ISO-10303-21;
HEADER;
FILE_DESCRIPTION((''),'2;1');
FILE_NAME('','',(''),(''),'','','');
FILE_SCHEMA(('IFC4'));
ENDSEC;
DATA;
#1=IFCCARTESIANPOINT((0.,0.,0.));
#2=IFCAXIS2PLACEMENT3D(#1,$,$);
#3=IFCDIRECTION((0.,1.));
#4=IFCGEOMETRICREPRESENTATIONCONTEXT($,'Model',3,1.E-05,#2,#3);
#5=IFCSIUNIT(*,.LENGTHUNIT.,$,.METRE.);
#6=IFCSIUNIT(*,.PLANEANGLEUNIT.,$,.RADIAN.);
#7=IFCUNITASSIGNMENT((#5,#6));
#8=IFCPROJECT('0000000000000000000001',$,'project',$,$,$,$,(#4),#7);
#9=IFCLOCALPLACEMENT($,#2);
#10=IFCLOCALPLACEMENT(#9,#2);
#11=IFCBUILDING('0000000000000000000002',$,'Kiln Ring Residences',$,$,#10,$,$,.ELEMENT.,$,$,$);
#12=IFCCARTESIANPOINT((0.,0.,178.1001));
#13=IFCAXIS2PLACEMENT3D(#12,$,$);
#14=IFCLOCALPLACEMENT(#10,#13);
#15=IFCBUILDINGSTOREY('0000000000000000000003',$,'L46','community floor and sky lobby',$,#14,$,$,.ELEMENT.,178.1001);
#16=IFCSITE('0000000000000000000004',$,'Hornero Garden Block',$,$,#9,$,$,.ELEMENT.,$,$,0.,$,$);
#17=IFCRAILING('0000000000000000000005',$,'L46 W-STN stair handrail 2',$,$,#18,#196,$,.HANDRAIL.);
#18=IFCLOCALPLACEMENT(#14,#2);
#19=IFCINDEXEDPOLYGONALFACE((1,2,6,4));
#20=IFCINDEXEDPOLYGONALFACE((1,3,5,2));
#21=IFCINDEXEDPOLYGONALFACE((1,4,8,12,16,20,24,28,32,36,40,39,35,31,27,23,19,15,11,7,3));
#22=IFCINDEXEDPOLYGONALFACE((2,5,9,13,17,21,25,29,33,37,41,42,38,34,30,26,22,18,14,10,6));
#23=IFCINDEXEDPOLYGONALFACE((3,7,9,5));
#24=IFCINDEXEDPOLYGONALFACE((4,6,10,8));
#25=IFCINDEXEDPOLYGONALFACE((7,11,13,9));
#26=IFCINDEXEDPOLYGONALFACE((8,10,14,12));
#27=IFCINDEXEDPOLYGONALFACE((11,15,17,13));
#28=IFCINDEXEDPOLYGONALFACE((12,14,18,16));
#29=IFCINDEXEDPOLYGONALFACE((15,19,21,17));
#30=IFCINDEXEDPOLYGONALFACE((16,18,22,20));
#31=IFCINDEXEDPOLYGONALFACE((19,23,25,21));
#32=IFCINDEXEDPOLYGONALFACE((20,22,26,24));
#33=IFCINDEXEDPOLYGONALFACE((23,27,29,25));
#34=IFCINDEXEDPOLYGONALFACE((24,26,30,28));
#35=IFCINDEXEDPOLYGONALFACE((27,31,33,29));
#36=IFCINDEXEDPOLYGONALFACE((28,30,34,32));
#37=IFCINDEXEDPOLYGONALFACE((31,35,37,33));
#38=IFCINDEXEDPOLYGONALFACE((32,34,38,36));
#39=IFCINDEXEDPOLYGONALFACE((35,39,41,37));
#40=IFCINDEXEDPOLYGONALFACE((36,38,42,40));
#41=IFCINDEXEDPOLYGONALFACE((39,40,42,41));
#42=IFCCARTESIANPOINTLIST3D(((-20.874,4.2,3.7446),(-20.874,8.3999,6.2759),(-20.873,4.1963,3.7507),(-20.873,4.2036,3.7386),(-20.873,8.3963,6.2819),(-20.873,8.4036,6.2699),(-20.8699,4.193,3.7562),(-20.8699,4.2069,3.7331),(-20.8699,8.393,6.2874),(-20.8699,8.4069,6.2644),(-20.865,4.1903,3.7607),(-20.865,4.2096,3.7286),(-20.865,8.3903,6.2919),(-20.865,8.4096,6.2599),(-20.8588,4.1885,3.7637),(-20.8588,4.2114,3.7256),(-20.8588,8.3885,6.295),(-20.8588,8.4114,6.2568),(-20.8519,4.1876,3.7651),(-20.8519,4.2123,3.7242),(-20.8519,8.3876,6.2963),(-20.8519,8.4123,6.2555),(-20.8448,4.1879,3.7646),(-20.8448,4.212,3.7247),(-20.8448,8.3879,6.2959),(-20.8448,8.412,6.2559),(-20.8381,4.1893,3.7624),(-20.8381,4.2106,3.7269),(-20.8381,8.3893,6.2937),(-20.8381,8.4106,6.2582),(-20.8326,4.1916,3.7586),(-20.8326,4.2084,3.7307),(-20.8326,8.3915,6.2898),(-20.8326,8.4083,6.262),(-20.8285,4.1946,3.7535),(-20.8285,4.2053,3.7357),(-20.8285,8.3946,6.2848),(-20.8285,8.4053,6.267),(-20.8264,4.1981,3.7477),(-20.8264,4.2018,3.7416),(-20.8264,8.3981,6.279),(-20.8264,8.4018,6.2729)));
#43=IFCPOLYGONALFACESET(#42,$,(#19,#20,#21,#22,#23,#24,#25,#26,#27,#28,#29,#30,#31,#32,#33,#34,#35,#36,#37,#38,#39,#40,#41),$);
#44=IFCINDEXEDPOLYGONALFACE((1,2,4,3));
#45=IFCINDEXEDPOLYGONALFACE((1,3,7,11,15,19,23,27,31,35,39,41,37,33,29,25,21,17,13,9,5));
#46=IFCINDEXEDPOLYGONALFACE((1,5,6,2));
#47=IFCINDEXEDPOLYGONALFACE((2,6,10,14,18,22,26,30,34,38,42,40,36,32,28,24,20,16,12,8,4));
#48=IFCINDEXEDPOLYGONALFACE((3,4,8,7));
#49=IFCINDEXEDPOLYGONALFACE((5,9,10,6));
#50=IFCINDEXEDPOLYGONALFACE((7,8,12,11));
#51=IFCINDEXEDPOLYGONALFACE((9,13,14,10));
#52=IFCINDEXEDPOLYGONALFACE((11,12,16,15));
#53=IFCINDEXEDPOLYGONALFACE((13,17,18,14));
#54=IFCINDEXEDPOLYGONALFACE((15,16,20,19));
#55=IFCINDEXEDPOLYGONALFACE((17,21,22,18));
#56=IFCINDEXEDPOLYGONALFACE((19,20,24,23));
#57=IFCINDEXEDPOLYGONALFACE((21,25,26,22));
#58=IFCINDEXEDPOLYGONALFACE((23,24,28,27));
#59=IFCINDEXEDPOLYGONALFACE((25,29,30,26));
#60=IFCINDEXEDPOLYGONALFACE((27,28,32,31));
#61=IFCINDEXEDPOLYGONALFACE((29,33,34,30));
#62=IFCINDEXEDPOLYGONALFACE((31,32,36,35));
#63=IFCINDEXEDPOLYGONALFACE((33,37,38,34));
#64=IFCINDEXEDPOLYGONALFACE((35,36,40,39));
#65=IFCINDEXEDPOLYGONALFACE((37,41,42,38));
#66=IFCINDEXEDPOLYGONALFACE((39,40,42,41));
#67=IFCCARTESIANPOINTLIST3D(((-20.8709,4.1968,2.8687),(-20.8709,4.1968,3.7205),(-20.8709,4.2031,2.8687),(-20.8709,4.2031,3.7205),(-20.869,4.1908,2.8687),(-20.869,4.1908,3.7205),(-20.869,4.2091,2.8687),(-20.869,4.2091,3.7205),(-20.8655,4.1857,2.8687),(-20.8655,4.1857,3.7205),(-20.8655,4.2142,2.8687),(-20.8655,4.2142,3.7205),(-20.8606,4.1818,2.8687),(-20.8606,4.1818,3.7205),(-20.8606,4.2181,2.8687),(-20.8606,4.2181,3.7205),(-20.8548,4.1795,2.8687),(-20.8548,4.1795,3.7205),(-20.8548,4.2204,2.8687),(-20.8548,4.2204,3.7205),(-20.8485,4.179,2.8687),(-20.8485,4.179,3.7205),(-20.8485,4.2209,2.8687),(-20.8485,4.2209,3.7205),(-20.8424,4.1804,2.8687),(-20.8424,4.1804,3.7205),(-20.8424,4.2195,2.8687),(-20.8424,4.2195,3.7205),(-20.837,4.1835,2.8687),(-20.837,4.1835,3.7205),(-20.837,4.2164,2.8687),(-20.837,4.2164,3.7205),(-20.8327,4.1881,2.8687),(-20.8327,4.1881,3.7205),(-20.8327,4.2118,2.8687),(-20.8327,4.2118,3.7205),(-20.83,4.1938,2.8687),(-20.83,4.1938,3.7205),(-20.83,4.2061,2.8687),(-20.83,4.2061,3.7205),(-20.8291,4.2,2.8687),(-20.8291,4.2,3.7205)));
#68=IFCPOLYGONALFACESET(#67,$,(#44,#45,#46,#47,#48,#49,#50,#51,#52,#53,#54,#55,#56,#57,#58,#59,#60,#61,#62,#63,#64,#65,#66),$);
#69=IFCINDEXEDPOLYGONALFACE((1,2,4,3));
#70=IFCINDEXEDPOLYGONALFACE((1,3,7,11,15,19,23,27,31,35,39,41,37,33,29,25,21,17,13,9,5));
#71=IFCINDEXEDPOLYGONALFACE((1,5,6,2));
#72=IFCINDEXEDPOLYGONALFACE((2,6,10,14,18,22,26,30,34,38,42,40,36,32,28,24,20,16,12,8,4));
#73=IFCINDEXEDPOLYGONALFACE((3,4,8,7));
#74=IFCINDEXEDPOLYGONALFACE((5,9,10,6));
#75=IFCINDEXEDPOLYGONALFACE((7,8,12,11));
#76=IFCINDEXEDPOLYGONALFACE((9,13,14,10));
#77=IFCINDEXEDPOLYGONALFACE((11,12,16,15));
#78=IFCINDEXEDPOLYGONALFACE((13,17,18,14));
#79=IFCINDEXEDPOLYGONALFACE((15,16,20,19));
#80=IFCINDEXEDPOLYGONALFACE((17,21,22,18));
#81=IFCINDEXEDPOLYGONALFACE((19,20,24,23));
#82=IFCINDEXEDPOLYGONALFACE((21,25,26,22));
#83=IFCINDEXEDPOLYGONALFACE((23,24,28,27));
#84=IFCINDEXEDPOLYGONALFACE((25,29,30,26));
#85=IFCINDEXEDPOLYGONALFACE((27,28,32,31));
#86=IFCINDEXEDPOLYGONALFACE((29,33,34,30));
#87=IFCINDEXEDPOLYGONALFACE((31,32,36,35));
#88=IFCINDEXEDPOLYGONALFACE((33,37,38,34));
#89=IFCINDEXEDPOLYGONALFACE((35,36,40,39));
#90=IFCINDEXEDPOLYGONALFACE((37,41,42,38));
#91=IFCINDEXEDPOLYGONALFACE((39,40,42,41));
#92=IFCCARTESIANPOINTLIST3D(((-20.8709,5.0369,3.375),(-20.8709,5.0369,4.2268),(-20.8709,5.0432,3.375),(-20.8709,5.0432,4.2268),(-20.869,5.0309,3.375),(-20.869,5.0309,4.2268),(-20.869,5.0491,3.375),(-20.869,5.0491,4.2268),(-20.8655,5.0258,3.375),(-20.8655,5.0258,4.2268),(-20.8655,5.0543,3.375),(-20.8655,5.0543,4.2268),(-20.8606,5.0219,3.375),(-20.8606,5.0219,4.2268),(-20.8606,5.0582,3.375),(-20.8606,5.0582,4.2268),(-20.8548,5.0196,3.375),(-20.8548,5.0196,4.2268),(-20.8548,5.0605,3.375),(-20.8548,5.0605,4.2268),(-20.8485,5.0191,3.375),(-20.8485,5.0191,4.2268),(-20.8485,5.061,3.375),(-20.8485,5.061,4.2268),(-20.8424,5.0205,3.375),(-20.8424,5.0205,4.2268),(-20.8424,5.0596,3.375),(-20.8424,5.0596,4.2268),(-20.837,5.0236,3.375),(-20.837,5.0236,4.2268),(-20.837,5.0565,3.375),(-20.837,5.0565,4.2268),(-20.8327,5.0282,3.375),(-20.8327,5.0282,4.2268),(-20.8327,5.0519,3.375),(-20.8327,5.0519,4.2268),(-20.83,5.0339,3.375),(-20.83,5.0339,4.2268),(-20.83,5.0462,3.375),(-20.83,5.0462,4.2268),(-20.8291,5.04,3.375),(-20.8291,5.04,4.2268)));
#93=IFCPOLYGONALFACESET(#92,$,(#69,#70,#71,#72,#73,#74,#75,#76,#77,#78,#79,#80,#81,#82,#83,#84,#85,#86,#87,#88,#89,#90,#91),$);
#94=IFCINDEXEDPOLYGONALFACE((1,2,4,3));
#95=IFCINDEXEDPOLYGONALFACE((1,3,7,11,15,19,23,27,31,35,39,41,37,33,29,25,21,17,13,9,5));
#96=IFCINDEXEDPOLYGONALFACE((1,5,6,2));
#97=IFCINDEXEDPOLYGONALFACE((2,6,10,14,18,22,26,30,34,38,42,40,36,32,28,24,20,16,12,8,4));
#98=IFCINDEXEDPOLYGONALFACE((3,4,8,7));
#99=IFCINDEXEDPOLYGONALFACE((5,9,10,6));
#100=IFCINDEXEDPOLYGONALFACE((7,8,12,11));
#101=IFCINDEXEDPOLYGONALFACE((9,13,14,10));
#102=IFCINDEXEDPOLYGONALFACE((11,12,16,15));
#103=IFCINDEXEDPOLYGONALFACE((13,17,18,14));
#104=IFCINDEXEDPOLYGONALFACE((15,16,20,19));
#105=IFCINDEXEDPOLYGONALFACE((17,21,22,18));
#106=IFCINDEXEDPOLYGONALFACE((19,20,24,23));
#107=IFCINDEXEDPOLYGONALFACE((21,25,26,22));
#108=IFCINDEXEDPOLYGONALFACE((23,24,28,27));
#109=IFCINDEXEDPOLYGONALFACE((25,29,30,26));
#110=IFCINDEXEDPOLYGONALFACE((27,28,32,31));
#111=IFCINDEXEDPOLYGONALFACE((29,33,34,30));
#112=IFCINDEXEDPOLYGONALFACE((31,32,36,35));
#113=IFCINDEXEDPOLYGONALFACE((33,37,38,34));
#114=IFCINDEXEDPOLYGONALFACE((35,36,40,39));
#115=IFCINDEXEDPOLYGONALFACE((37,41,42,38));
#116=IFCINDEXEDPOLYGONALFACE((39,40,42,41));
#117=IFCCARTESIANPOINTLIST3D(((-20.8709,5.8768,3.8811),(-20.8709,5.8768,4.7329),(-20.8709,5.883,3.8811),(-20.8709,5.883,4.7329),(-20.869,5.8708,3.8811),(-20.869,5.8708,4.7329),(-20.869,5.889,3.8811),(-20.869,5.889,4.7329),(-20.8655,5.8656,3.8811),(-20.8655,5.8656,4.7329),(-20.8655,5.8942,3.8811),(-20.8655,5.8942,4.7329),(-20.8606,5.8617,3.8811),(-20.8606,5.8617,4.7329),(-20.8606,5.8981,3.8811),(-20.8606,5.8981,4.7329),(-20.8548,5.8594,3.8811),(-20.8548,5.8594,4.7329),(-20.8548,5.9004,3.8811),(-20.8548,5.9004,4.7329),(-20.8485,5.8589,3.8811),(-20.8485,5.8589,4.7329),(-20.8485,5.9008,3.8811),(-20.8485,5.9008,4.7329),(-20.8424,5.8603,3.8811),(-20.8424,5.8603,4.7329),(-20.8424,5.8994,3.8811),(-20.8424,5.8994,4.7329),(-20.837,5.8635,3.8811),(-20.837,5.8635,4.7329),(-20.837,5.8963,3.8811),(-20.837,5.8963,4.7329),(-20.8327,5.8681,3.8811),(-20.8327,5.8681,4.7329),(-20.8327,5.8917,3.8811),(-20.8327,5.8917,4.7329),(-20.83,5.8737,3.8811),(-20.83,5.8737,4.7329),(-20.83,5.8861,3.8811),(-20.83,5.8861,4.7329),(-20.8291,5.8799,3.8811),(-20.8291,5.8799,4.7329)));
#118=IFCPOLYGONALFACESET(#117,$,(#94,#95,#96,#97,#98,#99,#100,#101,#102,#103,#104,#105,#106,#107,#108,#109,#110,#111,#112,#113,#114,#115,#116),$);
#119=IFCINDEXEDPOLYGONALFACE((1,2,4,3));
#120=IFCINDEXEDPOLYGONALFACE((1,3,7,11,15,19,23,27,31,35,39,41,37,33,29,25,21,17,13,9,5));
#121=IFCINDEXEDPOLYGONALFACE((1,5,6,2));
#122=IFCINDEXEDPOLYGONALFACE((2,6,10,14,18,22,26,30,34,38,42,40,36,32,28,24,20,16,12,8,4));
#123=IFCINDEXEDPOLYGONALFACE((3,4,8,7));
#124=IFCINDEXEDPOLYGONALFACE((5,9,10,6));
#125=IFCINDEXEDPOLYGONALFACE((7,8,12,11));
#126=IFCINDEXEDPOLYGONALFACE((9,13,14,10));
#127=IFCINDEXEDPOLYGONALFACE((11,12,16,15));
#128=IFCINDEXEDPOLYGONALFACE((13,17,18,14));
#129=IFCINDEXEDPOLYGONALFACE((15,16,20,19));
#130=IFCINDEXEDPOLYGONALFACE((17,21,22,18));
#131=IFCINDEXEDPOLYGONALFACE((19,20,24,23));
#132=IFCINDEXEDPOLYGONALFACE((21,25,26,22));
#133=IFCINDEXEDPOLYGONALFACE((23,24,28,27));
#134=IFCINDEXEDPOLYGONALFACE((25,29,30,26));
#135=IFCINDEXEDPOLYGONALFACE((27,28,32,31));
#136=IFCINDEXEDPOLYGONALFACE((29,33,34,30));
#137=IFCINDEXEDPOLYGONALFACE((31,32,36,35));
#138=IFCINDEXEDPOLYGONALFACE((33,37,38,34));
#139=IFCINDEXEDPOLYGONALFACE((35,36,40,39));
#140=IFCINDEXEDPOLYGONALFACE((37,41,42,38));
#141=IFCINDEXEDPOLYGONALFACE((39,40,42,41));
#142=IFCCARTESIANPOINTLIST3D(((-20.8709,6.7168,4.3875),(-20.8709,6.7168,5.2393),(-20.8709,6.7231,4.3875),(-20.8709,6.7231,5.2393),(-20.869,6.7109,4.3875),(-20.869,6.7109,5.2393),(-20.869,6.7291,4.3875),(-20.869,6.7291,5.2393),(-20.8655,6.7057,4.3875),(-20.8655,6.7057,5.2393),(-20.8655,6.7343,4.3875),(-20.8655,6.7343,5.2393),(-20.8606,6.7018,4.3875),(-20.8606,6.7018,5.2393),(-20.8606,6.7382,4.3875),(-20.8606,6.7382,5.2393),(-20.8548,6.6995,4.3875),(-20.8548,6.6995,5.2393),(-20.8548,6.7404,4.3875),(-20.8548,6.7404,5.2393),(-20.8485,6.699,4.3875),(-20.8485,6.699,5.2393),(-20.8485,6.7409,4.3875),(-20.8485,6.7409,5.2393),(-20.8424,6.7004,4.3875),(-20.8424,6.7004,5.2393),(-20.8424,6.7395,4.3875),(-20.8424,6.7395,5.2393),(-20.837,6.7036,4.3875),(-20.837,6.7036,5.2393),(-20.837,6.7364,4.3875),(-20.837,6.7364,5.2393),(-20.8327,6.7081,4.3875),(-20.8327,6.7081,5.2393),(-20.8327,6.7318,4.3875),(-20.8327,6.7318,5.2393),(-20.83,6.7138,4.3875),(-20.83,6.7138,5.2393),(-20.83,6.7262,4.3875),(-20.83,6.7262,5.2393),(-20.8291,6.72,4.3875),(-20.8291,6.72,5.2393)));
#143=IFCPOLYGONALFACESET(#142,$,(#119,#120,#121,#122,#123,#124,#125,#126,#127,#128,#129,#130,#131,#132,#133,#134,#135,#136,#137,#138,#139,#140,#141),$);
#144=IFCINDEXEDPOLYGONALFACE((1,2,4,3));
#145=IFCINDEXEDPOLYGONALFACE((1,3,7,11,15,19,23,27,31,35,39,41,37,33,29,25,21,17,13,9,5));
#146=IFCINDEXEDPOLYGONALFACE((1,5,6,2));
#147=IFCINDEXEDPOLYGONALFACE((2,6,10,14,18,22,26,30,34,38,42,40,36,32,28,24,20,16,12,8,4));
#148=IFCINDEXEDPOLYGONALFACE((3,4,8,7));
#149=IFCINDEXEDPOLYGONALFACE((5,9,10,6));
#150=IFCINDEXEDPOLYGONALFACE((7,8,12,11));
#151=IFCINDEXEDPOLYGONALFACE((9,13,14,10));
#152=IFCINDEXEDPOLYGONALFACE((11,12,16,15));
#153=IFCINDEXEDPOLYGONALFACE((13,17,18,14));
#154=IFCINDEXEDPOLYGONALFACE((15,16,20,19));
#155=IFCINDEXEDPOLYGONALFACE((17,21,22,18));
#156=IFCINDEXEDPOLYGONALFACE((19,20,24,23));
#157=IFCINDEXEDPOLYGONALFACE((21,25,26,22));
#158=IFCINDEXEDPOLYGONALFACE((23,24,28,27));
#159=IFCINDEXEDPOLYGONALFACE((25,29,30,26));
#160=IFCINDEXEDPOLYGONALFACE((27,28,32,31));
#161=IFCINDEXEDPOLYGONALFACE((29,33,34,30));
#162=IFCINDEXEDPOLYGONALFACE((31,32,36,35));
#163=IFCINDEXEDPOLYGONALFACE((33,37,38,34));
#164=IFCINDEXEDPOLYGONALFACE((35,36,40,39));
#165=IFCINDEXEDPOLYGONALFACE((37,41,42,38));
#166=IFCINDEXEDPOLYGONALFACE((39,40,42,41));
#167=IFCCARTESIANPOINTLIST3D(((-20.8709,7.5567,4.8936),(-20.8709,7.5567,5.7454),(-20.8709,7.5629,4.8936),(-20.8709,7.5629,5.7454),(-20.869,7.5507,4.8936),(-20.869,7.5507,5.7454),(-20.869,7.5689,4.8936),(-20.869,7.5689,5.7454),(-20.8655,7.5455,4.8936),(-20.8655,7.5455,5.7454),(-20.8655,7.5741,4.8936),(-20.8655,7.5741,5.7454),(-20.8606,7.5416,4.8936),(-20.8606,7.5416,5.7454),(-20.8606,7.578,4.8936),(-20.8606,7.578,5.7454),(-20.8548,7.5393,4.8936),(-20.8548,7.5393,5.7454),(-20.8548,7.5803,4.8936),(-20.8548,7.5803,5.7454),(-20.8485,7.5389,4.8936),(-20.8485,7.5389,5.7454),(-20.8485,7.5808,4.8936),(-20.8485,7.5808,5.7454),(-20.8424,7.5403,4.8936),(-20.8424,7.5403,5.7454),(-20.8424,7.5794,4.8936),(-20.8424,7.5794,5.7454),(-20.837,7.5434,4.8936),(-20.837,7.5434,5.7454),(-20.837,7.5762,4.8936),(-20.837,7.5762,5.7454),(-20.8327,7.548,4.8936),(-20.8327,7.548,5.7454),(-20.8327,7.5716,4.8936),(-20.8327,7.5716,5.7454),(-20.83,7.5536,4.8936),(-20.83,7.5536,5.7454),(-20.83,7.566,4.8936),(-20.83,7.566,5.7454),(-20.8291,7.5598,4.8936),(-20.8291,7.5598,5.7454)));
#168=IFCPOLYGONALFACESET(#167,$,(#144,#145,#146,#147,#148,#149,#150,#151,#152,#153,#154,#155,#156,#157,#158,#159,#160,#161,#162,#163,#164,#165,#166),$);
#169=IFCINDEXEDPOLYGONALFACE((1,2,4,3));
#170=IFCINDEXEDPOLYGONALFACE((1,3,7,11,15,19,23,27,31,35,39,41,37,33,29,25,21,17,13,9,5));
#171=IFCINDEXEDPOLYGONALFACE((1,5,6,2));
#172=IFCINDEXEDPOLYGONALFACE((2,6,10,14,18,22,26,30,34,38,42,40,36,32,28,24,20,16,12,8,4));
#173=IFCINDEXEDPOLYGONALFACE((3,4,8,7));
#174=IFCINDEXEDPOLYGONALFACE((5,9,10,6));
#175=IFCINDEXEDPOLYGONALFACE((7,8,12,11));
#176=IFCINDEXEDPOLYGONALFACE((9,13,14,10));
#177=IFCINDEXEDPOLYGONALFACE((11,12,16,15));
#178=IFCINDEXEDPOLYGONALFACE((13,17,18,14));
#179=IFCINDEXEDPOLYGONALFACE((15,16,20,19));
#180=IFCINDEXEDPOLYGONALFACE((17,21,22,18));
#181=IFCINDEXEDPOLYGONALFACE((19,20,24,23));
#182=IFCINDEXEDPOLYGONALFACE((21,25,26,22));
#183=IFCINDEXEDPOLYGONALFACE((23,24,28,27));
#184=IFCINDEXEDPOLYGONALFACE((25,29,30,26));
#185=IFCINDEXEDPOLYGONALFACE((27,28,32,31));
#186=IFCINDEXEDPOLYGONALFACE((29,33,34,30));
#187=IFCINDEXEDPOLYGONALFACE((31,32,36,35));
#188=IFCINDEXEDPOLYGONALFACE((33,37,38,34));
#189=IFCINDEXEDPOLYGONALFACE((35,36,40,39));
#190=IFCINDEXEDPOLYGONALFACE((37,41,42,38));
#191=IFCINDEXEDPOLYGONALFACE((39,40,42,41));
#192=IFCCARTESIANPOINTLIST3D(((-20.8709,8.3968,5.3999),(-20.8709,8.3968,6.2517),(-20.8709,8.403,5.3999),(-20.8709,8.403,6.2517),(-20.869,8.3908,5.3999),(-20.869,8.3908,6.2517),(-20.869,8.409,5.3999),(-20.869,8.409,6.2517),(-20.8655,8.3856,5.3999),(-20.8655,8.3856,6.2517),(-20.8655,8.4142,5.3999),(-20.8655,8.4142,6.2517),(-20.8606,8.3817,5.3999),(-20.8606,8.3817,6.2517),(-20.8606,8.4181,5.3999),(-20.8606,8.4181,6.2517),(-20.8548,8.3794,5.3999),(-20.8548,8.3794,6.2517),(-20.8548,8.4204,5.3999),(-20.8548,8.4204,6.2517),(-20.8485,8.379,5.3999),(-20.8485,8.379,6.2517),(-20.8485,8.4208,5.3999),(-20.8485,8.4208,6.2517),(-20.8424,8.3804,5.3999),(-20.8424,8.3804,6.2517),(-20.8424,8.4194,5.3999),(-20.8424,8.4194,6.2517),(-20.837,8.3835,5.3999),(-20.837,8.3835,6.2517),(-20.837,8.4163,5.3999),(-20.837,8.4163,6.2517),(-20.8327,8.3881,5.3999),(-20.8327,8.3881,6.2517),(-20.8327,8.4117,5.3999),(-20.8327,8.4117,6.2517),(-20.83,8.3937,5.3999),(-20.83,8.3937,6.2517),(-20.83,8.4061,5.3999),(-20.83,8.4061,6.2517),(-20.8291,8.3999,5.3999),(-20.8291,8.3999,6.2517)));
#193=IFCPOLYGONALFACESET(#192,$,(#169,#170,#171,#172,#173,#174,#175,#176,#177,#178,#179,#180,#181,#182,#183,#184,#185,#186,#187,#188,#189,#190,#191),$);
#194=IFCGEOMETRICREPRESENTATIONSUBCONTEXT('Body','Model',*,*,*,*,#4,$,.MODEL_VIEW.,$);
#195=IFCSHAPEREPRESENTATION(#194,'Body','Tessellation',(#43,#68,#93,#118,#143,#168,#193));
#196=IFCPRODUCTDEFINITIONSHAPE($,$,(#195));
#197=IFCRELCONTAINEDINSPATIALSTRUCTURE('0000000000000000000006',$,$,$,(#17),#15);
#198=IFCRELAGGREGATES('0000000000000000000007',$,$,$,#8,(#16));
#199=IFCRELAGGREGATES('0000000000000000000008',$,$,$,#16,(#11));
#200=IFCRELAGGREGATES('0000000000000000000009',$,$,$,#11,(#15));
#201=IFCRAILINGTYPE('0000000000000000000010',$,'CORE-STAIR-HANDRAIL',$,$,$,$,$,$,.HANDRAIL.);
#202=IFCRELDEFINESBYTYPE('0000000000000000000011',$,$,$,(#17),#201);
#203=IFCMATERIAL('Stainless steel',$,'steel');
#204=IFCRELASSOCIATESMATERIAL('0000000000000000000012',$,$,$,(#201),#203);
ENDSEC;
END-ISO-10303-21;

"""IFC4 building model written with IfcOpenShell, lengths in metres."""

from ifc_helpers import new_model, si_unit, direction, frame, origin, origin_2d, place, context, subcontext, project, spatial, circle, extrude, material, type_object, element, save


model = new_model("IFC4")

# Units and contexts
model_context = context("Model", 3, precision=1e-05, world=origin(), true_north=direction((0.0, 1.0)))
body_context = subcontext(model_context, "Body", "Model", "MODEL_VIEW")
ifc_project = project(units=[si_unit("LENGTHUNIT", "METRE"), si_unit("PLANEANGLEUNIT", "RADIAN")], contexts=[model_context])

# Site, building, storey
site_placement = place(None, origin())
site = spatial("IfcSite", under=ifc_project, at=site_placement, Name="Hornero Garden Block", CompositionType="ELEMENT", RefElevation=0.0)
building_placement = place(site_placement, origin())
building = spatial("IfcBuilding", under=site, at=building_placement, Name="Kiln Ring Residences", CompositionType="ELEMENT")
storey_placement = place(building_placement, frame((0.0, 0.0, 178.1001)))
storey = spatial("IfcBuildingStorey", under=building, at=storey_placement, Name="L46", Description="community floor and sky lobby", CompositionType="ELEMENT", Elevation=178.1001)

# Railing
ifc_material_1 = material(Name="Stainless steel", Category="steel")
railing_type_1 = type_object("IfcRailingType", Name="CORE-STAIR-HANDRAIL", PredefinedType="HANDRAIL", material=ifc_material_1)
railing_1_placement = place(storey_placement, frame((-20.8501, 4.2, 2.8687)))
element("IfcRailing", 1, at=railing_1_placement, inside=storey, type_object=railing_type_1, Name="L46 W-STN stair handrail 2", PredefinedType="HANDRAIL", context=body_context, shape_type="SweptSolid", body=[
    extrude(circle(Radius=0.0239, at=origin_2d()), frame((0.0, 0.0, 0.876), z_axis=(0.0, 0.856476, 0.516186), x_axis=(-1.0, 0.0, 0.0)), (0.0, 0.0, 1.0), 4.9038),
    extrude(circle(Radius=0.021, at=origin_2d()), origin(), (0.0, 0.0, 1.0), 0.8518),
    extrude(circle(Radius=0.021, at=origin_2d()), frame((0.0, 0.8401, 0.5063)), (0.0, 0.0, 1.0), 0.8518),
    extrude(circle(Radius=0.021, at=origin_2d()), frame((0.0, 1.6799, 1.0125)), (0.0, 0.0, 1.0), 0.8518),
    extrude(circle(Radius=0.021, at=origin_2d()), frame((0.0, 2.52, 1.5188)), (0.0, 0.0, 1.0), 0.8518),
    extrude(circle(Radius=0.021, at=origin_2d()), frame((0.0, 3.3599, 2.0249)), (0.0, 0.0, 1.0), 0.8518),
    extrude(circle(Radius=0.021, at=origin_2d()), frame((0.0, 4.2, 2.5312)), (0.0, 0.0, 1.0), 0.8518),
])

save(model, "model.ifc")
